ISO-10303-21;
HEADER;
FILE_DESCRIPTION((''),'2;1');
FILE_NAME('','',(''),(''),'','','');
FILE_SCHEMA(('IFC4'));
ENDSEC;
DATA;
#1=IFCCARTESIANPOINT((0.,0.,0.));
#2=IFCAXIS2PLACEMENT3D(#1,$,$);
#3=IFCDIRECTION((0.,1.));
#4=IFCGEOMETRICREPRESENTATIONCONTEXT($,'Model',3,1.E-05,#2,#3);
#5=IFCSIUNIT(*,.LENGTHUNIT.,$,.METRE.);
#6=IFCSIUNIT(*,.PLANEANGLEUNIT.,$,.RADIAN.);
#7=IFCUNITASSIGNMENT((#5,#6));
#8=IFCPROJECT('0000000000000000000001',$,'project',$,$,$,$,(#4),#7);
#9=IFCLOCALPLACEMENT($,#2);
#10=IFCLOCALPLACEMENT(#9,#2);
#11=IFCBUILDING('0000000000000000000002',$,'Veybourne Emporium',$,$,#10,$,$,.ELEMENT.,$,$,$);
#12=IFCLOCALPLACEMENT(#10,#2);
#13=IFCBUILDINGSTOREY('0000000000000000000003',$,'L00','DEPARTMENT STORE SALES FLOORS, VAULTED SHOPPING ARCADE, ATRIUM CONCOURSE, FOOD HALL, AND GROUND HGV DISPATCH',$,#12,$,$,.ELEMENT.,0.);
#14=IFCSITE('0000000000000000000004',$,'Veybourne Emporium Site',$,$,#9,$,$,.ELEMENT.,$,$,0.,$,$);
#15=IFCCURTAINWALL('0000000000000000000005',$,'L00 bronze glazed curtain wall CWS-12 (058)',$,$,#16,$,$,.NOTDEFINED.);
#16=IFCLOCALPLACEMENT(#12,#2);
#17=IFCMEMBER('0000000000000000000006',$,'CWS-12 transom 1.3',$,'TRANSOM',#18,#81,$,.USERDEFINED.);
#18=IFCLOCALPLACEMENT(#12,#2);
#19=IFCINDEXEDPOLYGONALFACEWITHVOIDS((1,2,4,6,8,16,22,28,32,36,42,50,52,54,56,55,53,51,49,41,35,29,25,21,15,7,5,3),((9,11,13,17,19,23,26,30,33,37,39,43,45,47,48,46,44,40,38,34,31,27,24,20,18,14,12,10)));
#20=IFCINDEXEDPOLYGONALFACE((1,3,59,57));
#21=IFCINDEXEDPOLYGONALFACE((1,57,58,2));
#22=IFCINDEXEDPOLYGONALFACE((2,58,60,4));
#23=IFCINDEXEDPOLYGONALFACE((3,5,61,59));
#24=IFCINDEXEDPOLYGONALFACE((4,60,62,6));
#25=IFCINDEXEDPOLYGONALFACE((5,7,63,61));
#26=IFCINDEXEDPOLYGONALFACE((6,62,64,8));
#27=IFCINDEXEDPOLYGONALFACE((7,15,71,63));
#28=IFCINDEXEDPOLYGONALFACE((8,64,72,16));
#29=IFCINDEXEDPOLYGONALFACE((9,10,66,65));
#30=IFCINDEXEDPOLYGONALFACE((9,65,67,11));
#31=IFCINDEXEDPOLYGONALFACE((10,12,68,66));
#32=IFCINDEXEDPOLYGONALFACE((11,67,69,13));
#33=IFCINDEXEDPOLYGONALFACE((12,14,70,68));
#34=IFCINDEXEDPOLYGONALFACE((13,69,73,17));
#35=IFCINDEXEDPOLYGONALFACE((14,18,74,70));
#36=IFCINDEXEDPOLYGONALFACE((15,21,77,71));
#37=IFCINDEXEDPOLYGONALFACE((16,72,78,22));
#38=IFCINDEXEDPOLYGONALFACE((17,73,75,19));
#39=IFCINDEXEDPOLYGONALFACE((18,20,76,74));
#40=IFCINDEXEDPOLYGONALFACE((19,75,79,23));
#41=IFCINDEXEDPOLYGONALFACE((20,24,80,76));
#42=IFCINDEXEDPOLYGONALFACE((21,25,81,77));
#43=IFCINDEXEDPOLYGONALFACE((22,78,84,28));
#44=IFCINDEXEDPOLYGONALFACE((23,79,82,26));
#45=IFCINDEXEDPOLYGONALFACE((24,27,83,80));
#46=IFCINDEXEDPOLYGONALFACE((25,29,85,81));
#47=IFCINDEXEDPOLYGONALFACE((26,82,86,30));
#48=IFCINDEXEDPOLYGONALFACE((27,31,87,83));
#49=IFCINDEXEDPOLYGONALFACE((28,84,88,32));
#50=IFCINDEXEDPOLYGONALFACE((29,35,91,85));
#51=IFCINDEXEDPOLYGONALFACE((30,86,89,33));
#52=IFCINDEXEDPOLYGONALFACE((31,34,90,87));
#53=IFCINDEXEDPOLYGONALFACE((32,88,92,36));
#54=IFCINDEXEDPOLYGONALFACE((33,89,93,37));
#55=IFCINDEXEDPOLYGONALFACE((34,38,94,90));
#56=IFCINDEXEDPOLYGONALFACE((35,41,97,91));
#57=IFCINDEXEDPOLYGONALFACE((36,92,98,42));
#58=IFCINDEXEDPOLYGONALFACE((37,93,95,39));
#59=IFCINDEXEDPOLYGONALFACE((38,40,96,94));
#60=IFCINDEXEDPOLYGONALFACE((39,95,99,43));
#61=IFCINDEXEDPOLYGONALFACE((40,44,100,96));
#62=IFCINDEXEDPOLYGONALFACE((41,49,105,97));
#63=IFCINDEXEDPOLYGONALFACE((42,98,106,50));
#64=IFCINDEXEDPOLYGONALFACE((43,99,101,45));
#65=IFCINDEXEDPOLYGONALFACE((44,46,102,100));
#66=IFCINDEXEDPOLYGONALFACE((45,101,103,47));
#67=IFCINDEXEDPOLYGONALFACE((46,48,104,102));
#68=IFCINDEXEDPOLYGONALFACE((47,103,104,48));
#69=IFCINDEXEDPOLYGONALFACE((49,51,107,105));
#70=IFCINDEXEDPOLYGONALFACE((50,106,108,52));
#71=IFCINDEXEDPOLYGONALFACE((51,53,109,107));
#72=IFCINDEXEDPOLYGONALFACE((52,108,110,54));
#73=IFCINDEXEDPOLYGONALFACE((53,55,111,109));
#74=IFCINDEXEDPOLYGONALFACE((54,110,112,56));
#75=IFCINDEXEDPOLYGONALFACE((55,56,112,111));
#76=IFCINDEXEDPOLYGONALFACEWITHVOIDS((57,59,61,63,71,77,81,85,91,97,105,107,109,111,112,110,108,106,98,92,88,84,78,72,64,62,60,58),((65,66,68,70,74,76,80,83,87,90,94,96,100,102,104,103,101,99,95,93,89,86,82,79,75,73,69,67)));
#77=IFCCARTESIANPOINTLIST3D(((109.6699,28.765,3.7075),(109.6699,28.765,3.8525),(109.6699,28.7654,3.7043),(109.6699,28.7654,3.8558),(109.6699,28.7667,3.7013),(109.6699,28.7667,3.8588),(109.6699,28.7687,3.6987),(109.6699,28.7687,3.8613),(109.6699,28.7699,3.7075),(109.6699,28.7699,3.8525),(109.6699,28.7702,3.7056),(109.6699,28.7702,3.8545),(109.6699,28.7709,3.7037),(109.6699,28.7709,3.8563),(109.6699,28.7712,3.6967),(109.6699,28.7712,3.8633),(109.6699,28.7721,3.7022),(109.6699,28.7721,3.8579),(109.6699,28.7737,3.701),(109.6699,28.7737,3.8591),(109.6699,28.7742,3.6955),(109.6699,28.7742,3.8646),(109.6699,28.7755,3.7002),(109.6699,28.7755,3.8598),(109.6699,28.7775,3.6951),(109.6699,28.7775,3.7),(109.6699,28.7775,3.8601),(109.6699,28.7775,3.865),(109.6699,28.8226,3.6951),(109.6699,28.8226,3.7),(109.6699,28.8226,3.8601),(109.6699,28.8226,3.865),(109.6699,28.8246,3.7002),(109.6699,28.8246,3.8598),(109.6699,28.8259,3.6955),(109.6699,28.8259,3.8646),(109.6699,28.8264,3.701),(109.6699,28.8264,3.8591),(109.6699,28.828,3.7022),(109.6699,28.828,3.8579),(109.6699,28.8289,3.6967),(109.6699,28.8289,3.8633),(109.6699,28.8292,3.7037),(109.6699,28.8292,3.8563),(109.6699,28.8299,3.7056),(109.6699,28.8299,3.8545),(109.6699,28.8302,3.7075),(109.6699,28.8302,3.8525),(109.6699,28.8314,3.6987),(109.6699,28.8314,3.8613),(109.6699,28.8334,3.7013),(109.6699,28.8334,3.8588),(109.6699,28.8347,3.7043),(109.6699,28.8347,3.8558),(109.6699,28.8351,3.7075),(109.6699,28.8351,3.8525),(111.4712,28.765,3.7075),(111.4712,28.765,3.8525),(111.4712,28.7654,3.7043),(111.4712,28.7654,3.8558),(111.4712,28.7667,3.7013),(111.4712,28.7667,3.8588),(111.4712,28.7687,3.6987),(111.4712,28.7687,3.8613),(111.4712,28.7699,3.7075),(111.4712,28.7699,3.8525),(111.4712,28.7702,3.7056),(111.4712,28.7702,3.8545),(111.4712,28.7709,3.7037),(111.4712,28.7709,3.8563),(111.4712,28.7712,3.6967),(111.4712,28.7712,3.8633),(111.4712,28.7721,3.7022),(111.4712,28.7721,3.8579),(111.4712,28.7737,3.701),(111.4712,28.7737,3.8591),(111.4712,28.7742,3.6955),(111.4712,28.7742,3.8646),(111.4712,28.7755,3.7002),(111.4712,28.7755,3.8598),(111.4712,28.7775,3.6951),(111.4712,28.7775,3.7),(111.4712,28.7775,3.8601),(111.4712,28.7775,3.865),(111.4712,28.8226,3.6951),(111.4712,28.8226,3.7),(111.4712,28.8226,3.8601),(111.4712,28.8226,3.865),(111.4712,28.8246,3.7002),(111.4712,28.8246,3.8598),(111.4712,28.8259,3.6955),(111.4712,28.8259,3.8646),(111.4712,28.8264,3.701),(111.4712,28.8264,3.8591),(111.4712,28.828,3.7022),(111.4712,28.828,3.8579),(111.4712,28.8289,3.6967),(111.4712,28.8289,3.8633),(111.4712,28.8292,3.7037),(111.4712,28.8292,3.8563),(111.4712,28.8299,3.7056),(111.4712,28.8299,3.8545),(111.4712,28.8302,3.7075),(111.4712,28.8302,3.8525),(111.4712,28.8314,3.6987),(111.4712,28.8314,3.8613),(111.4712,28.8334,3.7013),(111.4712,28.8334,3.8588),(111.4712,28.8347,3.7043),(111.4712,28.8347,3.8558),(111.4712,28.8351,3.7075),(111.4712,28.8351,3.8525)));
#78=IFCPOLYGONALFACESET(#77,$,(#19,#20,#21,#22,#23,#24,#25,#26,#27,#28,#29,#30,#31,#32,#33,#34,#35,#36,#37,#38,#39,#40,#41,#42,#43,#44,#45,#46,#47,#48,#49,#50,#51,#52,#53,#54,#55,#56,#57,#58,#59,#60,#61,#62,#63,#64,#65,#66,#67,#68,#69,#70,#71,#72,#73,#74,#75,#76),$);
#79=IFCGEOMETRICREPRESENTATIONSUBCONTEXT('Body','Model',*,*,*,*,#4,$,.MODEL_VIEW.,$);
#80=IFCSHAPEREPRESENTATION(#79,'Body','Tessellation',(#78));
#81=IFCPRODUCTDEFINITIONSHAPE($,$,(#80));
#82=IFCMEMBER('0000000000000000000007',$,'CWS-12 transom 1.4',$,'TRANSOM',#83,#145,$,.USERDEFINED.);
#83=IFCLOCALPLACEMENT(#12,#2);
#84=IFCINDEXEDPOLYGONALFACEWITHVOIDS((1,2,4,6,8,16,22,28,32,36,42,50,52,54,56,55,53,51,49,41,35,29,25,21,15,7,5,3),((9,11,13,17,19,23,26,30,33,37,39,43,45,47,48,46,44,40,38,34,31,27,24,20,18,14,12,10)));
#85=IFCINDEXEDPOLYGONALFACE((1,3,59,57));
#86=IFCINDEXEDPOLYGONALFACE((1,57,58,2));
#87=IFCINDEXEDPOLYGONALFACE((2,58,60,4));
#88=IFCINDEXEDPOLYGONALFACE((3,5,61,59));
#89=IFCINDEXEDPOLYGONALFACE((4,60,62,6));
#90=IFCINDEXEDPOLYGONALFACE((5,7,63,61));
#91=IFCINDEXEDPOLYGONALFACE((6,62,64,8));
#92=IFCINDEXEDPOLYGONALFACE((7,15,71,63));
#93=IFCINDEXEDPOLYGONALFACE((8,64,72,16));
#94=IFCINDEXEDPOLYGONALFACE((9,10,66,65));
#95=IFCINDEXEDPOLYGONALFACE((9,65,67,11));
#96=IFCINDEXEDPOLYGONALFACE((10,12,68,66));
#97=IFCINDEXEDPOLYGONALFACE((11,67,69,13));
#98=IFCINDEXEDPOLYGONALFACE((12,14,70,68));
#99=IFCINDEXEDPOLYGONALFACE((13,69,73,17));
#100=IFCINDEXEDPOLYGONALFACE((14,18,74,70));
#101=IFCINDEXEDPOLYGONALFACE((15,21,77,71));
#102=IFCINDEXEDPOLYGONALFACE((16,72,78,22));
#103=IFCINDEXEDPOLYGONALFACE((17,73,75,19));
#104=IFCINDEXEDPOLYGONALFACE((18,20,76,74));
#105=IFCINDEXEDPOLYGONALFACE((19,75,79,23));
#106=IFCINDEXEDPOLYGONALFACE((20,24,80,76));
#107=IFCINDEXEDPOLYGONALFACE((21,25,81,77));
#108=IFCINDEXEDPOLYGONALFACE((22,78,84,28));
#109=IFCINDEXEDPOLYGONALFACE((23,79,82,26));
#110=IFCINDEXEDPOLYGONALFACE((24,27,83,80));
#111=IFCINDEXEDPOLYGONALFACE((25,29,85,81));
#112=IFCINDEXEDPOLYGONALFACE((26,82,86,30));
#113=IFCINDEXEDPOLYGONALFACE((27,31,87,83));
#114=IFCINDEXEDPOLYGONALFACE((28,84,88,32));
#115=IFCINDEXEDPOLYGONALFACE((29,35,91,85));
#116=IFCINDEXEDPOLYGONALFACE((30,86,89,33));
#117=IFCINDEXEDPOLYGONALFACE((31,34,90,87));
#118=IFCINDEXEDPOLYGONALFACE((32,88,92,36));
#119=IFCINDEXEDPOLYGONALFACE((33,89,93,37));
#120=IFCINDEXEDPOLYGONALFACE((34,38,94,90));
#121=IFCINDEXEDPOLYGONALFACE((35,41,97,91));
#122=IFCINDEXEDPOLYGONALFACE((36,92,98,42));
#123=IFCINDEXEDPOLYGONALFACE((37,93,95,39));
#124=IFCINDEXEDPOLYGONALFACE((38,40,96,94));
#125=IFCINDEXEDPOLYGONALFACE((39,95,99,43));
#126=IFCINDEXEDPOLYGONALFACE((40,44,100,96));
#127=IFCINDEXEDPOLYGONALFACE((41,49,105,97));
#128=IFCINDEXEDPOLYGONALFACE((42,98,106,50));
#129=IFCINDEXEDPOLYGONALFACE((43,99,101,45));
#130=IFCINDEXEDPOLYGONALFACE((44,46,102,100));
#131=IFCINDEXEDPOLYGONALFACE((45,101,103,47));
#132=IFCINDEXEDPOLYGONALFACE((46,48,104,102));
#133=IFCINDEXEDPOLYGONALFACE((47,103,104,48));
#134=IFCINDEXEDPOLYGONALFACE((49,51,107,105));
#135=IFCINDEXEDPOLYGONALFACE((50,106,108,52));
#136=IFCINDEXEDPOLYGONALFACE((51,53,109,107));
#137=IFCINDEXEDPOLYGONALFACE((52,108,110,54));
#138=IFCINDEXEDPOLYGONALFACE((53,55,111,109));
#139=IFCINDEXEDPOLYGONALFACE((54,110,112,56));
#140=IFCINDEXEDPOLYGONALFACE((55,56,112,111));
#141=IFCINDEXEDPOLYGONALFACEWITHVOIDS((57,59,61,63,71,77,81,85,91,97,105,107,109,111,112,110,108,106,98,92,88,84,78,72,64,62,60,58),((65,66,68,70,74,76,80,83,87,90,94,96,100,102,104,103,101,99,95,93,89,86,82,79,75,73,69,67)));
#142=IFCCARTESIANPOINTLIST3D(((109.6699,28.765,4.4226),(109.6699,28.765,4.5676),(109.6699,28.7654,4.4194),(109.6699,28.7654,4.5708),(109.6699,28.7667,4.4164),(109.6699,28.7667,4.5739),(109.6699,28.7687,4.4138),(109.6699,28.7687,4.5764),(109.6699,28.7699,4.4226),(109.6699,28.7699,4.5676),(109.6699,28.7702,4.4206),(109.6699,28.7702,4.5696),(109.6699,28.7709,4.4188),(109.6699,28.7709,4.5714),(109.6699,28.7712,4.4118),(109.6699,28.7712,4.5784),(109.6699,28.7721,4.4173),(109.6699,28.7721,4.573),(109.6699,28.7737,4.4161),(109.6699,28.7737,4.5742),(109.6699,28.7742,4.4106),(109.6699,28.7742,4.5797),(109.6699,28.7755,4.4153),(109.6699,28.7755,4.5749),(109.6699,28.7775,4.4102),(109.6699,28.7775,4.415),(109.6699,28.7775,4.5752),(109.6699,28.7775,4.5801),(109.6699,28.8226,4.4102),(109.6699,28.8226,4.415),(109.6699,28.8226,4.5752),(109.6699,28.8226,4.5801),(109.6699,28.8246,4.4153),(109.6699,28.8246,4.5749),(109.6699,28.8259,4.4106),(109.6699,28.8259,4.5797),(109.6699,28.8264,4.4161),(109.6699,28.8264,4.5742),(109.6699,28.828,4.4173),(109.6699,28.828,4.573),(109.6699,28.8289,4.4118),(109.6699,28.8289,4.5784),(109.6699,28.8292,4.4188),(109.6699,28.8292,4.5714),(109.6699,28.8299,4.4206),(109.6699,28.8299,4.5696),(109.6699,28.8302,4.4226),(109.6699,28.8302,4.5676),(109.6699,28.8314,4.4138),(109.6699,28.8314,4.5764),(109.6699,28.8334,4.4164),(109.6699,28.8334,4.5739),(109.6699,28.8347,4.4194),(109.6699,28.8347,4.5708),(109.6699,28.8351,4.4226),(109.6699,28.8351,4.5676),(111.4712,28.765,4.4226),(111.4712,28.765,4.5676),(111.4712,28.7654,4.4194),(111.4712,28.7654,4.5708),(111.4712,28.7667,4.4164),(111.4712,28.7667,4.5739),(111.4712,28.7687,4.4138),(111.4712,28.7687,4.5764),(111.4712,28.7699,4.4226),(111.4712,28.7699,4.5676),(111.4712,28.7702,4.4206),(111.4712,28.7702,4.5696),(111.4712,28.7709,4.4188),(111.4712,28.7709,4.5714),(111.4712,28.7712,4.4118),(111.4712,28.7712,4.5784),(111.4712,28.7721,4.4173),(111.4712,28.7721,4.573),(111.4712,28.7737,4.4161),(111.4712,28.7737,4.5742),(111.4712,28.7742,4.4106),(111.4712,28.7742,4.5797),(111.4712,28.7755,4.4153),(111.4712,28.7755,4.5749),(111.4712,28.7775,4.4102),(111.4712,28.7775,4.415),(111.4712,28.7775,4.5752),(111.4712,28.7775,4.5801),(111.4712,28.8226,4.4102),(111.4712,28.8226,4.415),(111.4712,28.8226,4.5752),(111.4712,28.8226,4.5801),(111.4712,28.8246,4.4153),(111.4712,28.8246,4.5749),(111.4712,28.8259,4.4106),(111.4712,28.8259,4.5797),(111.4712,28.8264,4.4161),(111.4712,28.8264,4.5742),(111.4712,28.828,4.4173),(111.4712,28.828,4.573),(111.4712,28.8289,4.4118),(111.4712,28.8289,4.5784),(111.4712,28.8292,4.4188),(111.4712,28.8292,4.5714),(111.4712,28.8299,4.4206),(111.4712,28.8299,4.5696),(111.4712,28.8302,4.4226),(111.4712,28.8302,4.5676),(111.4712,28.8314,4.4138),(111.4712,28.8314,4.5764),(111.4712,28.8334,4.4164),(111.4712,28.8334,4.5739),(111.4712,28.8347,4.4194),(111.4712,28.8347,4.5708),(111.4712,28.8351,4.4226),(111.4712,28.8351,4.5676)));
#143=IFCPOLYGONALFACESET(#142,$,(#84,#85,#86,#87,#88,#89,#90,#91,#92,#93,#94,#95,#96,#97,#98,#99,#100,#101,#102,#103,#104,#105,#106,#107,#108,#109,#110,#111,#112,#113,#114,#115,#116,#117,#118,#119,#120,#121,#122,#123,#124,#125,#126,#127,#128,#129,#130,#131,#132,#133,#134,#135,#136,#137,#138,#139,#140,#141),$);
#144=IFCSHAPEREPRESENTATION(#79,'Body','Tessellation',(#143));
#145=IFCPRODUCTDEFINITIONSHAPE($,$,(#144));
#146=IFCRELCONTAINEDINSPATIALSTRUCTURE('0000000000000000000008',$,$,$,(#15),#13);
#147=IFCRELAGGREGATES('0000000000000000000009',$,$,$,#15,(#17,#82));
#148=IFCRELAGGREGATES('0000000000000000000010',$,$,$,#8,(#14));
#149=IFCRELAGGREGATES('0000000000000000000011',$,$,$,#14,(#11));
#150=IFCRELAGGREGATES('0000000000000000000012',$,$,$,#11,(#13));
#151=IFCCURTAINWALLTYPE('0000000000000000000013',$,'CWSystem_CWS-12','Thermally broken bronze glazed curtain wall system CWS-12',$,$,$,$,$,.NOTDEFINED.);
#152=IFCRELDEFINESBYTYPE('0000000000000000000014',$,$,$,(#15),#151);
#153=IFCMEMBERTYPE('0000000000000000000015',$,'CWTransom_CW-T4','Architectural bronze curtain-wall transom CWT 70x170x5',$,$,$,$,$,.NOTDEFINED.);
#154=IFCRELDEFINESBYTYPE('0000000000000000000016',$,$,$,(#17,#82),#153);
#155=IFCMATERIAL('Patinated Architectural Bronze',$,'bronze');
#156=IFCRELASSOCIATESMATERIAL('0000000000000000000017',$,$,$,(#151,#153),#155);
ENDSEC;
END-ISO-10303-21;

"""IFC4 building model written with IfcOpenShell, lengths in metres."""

from ifc_helpers import new_model, si_unit, direction, frame, origin, origin_2d, place, context, subcontext, project, spatial, hollow_rectangle, extrude, material, material_profile, profile_set, type_object, element, aggregate, save


model = new_model("IFC4")

# Units and contexts
model_context = context("Model", 3, precision=1e-05, world=origin(), true_north=direction((0.0, 1.0)))
body_context = subcontext(model_context, "Body", "Model", "MODEL_VIEW")
ifc_project = project(units=[si_unit("LENGTHUNIT", "METRE"), si_unit("PLANEANGLEUNIT", "RADIAN")], contexts=[model_context])

# Site, building, storey
site_placement = place(None, origin())
site = spatial("IfcSite", under=ifc_project, at=site_placement, Name="Veybourne Emporium Site", CompositionType="ELEMENT", RefElevation=0.0)
building_placement = place(site_placement, origin())
building = spatial("IfcBuilding", under=site, at=building_placement, Name="Veybourne Emporium", CompositionType="ELEMENT")
storey_placement = place(building_placement, origin())
storey = spatial("IfcBuildingStorey", under=building, at=storey_placement, Name="L00", Description="DEPARTMENT STORE SALES FLOORS, VAULTED SHOPPING ARCADE, ATRIUM CONCOURSE, FOOD HALL, AND GROUND HGV DISPATCH", CompositionType="ELEMENT", Elevation=0.0)

# Curtain wall
ifc_material_1 = material(Name="Patinated Architectural Bronze", Category="bronze")
curtain_wall_type_1 = type_object("IfcCurtainWallType", Name="CWSystem_CWS-12", Description="Thermally broken bronze glazed curtain wall system CWS-12", PredefinedType="NOTDEFINED", material=ifc_material_1)
curtain_wall_1_placement = place(storey_placement, origin())
curtain_wall_1 = element("IfcCurtainWall", 1, at=curtain_wall_1_placement, inside=storey, type_object=curtain_wall_type_1, Name="L00 bronze glazed curtain wall CWS-12 (058)", PredefinedType="NOTDEFINED")

# Members
ifc_material_profile_1 = material_profile(ifc_material_1, hollow_rectangle(XDim=0.0701, YDim=0.1699, WallThickness=0.0049, InnerFilletRadius=0.0076, OuterFilletRadius=0.0125, at=origin_2d()), Name="CWT 70x170x5")
ifc_profile_set_1 = profile_set([ifc_material_profile_1], Name="Patinated Architectural Bronze")
member_type_1 = type_object("IfcMemberType", Name="CWTransom_CW-T4", Description="Architectural bronze curtain-wall transom CWT 70x170x5", PredefinedType="NOTDEFINED", material=ifc_profile_set_1)
member_1_placement = place(storey_placement, frame((109.6699, 28.8, 3.78), z_axis=(1.0, 0.0, 0.0), x_axis=(0.0, 1.0, 0.0)))
member_1 = element("IfcMember", 2, at=member_1_placement, type_object=member_type_1, Name="CWS-12 transom 1.3", ObjectType="TRANSOM", PredefinedType="USERDEFINED", context=body_context, shape_type="SweptSolid", body=[
    extrude(hollow_rectangle(XDim=0.0701, YDim=0.1699, WallThickness=0.0049, InnerFilletRadius=0.0076, OuterFilletRadius=0.0125, at=origin_2d()), origin(), (0.0, 0.0, 1.0), 1.8013),
])
member_2_placement = place(storey_placement, frame((109.6699, 28.8, 4.4951), z_axis=(1.0, 0.0, 0.0), x_axis=(0.0, 1.0, 0.0)))
member_2 = element("IfcMember", 3, at=member_2_placement, type_object=member_type_1, Name="CWS-12 transom 1.4", ObjectType="TRANSOM", PredefinedType="USERDEFINED", context=body_context, shape_type="SweptSolid", body=[
    extrude(hollow_rectangle(XDim=0.0701, YDim=0.1699, WallThickness=0.0049, InnerFilletRadius=0.0076, OuterFilletRadius=0.0125, at=origin_2d()), origin(), (0.0, 0.0, 1.0), 1.8013),
])

aggregate(curtain_wall_1, [member_1, member_2])

save(model, "model.ifc")
